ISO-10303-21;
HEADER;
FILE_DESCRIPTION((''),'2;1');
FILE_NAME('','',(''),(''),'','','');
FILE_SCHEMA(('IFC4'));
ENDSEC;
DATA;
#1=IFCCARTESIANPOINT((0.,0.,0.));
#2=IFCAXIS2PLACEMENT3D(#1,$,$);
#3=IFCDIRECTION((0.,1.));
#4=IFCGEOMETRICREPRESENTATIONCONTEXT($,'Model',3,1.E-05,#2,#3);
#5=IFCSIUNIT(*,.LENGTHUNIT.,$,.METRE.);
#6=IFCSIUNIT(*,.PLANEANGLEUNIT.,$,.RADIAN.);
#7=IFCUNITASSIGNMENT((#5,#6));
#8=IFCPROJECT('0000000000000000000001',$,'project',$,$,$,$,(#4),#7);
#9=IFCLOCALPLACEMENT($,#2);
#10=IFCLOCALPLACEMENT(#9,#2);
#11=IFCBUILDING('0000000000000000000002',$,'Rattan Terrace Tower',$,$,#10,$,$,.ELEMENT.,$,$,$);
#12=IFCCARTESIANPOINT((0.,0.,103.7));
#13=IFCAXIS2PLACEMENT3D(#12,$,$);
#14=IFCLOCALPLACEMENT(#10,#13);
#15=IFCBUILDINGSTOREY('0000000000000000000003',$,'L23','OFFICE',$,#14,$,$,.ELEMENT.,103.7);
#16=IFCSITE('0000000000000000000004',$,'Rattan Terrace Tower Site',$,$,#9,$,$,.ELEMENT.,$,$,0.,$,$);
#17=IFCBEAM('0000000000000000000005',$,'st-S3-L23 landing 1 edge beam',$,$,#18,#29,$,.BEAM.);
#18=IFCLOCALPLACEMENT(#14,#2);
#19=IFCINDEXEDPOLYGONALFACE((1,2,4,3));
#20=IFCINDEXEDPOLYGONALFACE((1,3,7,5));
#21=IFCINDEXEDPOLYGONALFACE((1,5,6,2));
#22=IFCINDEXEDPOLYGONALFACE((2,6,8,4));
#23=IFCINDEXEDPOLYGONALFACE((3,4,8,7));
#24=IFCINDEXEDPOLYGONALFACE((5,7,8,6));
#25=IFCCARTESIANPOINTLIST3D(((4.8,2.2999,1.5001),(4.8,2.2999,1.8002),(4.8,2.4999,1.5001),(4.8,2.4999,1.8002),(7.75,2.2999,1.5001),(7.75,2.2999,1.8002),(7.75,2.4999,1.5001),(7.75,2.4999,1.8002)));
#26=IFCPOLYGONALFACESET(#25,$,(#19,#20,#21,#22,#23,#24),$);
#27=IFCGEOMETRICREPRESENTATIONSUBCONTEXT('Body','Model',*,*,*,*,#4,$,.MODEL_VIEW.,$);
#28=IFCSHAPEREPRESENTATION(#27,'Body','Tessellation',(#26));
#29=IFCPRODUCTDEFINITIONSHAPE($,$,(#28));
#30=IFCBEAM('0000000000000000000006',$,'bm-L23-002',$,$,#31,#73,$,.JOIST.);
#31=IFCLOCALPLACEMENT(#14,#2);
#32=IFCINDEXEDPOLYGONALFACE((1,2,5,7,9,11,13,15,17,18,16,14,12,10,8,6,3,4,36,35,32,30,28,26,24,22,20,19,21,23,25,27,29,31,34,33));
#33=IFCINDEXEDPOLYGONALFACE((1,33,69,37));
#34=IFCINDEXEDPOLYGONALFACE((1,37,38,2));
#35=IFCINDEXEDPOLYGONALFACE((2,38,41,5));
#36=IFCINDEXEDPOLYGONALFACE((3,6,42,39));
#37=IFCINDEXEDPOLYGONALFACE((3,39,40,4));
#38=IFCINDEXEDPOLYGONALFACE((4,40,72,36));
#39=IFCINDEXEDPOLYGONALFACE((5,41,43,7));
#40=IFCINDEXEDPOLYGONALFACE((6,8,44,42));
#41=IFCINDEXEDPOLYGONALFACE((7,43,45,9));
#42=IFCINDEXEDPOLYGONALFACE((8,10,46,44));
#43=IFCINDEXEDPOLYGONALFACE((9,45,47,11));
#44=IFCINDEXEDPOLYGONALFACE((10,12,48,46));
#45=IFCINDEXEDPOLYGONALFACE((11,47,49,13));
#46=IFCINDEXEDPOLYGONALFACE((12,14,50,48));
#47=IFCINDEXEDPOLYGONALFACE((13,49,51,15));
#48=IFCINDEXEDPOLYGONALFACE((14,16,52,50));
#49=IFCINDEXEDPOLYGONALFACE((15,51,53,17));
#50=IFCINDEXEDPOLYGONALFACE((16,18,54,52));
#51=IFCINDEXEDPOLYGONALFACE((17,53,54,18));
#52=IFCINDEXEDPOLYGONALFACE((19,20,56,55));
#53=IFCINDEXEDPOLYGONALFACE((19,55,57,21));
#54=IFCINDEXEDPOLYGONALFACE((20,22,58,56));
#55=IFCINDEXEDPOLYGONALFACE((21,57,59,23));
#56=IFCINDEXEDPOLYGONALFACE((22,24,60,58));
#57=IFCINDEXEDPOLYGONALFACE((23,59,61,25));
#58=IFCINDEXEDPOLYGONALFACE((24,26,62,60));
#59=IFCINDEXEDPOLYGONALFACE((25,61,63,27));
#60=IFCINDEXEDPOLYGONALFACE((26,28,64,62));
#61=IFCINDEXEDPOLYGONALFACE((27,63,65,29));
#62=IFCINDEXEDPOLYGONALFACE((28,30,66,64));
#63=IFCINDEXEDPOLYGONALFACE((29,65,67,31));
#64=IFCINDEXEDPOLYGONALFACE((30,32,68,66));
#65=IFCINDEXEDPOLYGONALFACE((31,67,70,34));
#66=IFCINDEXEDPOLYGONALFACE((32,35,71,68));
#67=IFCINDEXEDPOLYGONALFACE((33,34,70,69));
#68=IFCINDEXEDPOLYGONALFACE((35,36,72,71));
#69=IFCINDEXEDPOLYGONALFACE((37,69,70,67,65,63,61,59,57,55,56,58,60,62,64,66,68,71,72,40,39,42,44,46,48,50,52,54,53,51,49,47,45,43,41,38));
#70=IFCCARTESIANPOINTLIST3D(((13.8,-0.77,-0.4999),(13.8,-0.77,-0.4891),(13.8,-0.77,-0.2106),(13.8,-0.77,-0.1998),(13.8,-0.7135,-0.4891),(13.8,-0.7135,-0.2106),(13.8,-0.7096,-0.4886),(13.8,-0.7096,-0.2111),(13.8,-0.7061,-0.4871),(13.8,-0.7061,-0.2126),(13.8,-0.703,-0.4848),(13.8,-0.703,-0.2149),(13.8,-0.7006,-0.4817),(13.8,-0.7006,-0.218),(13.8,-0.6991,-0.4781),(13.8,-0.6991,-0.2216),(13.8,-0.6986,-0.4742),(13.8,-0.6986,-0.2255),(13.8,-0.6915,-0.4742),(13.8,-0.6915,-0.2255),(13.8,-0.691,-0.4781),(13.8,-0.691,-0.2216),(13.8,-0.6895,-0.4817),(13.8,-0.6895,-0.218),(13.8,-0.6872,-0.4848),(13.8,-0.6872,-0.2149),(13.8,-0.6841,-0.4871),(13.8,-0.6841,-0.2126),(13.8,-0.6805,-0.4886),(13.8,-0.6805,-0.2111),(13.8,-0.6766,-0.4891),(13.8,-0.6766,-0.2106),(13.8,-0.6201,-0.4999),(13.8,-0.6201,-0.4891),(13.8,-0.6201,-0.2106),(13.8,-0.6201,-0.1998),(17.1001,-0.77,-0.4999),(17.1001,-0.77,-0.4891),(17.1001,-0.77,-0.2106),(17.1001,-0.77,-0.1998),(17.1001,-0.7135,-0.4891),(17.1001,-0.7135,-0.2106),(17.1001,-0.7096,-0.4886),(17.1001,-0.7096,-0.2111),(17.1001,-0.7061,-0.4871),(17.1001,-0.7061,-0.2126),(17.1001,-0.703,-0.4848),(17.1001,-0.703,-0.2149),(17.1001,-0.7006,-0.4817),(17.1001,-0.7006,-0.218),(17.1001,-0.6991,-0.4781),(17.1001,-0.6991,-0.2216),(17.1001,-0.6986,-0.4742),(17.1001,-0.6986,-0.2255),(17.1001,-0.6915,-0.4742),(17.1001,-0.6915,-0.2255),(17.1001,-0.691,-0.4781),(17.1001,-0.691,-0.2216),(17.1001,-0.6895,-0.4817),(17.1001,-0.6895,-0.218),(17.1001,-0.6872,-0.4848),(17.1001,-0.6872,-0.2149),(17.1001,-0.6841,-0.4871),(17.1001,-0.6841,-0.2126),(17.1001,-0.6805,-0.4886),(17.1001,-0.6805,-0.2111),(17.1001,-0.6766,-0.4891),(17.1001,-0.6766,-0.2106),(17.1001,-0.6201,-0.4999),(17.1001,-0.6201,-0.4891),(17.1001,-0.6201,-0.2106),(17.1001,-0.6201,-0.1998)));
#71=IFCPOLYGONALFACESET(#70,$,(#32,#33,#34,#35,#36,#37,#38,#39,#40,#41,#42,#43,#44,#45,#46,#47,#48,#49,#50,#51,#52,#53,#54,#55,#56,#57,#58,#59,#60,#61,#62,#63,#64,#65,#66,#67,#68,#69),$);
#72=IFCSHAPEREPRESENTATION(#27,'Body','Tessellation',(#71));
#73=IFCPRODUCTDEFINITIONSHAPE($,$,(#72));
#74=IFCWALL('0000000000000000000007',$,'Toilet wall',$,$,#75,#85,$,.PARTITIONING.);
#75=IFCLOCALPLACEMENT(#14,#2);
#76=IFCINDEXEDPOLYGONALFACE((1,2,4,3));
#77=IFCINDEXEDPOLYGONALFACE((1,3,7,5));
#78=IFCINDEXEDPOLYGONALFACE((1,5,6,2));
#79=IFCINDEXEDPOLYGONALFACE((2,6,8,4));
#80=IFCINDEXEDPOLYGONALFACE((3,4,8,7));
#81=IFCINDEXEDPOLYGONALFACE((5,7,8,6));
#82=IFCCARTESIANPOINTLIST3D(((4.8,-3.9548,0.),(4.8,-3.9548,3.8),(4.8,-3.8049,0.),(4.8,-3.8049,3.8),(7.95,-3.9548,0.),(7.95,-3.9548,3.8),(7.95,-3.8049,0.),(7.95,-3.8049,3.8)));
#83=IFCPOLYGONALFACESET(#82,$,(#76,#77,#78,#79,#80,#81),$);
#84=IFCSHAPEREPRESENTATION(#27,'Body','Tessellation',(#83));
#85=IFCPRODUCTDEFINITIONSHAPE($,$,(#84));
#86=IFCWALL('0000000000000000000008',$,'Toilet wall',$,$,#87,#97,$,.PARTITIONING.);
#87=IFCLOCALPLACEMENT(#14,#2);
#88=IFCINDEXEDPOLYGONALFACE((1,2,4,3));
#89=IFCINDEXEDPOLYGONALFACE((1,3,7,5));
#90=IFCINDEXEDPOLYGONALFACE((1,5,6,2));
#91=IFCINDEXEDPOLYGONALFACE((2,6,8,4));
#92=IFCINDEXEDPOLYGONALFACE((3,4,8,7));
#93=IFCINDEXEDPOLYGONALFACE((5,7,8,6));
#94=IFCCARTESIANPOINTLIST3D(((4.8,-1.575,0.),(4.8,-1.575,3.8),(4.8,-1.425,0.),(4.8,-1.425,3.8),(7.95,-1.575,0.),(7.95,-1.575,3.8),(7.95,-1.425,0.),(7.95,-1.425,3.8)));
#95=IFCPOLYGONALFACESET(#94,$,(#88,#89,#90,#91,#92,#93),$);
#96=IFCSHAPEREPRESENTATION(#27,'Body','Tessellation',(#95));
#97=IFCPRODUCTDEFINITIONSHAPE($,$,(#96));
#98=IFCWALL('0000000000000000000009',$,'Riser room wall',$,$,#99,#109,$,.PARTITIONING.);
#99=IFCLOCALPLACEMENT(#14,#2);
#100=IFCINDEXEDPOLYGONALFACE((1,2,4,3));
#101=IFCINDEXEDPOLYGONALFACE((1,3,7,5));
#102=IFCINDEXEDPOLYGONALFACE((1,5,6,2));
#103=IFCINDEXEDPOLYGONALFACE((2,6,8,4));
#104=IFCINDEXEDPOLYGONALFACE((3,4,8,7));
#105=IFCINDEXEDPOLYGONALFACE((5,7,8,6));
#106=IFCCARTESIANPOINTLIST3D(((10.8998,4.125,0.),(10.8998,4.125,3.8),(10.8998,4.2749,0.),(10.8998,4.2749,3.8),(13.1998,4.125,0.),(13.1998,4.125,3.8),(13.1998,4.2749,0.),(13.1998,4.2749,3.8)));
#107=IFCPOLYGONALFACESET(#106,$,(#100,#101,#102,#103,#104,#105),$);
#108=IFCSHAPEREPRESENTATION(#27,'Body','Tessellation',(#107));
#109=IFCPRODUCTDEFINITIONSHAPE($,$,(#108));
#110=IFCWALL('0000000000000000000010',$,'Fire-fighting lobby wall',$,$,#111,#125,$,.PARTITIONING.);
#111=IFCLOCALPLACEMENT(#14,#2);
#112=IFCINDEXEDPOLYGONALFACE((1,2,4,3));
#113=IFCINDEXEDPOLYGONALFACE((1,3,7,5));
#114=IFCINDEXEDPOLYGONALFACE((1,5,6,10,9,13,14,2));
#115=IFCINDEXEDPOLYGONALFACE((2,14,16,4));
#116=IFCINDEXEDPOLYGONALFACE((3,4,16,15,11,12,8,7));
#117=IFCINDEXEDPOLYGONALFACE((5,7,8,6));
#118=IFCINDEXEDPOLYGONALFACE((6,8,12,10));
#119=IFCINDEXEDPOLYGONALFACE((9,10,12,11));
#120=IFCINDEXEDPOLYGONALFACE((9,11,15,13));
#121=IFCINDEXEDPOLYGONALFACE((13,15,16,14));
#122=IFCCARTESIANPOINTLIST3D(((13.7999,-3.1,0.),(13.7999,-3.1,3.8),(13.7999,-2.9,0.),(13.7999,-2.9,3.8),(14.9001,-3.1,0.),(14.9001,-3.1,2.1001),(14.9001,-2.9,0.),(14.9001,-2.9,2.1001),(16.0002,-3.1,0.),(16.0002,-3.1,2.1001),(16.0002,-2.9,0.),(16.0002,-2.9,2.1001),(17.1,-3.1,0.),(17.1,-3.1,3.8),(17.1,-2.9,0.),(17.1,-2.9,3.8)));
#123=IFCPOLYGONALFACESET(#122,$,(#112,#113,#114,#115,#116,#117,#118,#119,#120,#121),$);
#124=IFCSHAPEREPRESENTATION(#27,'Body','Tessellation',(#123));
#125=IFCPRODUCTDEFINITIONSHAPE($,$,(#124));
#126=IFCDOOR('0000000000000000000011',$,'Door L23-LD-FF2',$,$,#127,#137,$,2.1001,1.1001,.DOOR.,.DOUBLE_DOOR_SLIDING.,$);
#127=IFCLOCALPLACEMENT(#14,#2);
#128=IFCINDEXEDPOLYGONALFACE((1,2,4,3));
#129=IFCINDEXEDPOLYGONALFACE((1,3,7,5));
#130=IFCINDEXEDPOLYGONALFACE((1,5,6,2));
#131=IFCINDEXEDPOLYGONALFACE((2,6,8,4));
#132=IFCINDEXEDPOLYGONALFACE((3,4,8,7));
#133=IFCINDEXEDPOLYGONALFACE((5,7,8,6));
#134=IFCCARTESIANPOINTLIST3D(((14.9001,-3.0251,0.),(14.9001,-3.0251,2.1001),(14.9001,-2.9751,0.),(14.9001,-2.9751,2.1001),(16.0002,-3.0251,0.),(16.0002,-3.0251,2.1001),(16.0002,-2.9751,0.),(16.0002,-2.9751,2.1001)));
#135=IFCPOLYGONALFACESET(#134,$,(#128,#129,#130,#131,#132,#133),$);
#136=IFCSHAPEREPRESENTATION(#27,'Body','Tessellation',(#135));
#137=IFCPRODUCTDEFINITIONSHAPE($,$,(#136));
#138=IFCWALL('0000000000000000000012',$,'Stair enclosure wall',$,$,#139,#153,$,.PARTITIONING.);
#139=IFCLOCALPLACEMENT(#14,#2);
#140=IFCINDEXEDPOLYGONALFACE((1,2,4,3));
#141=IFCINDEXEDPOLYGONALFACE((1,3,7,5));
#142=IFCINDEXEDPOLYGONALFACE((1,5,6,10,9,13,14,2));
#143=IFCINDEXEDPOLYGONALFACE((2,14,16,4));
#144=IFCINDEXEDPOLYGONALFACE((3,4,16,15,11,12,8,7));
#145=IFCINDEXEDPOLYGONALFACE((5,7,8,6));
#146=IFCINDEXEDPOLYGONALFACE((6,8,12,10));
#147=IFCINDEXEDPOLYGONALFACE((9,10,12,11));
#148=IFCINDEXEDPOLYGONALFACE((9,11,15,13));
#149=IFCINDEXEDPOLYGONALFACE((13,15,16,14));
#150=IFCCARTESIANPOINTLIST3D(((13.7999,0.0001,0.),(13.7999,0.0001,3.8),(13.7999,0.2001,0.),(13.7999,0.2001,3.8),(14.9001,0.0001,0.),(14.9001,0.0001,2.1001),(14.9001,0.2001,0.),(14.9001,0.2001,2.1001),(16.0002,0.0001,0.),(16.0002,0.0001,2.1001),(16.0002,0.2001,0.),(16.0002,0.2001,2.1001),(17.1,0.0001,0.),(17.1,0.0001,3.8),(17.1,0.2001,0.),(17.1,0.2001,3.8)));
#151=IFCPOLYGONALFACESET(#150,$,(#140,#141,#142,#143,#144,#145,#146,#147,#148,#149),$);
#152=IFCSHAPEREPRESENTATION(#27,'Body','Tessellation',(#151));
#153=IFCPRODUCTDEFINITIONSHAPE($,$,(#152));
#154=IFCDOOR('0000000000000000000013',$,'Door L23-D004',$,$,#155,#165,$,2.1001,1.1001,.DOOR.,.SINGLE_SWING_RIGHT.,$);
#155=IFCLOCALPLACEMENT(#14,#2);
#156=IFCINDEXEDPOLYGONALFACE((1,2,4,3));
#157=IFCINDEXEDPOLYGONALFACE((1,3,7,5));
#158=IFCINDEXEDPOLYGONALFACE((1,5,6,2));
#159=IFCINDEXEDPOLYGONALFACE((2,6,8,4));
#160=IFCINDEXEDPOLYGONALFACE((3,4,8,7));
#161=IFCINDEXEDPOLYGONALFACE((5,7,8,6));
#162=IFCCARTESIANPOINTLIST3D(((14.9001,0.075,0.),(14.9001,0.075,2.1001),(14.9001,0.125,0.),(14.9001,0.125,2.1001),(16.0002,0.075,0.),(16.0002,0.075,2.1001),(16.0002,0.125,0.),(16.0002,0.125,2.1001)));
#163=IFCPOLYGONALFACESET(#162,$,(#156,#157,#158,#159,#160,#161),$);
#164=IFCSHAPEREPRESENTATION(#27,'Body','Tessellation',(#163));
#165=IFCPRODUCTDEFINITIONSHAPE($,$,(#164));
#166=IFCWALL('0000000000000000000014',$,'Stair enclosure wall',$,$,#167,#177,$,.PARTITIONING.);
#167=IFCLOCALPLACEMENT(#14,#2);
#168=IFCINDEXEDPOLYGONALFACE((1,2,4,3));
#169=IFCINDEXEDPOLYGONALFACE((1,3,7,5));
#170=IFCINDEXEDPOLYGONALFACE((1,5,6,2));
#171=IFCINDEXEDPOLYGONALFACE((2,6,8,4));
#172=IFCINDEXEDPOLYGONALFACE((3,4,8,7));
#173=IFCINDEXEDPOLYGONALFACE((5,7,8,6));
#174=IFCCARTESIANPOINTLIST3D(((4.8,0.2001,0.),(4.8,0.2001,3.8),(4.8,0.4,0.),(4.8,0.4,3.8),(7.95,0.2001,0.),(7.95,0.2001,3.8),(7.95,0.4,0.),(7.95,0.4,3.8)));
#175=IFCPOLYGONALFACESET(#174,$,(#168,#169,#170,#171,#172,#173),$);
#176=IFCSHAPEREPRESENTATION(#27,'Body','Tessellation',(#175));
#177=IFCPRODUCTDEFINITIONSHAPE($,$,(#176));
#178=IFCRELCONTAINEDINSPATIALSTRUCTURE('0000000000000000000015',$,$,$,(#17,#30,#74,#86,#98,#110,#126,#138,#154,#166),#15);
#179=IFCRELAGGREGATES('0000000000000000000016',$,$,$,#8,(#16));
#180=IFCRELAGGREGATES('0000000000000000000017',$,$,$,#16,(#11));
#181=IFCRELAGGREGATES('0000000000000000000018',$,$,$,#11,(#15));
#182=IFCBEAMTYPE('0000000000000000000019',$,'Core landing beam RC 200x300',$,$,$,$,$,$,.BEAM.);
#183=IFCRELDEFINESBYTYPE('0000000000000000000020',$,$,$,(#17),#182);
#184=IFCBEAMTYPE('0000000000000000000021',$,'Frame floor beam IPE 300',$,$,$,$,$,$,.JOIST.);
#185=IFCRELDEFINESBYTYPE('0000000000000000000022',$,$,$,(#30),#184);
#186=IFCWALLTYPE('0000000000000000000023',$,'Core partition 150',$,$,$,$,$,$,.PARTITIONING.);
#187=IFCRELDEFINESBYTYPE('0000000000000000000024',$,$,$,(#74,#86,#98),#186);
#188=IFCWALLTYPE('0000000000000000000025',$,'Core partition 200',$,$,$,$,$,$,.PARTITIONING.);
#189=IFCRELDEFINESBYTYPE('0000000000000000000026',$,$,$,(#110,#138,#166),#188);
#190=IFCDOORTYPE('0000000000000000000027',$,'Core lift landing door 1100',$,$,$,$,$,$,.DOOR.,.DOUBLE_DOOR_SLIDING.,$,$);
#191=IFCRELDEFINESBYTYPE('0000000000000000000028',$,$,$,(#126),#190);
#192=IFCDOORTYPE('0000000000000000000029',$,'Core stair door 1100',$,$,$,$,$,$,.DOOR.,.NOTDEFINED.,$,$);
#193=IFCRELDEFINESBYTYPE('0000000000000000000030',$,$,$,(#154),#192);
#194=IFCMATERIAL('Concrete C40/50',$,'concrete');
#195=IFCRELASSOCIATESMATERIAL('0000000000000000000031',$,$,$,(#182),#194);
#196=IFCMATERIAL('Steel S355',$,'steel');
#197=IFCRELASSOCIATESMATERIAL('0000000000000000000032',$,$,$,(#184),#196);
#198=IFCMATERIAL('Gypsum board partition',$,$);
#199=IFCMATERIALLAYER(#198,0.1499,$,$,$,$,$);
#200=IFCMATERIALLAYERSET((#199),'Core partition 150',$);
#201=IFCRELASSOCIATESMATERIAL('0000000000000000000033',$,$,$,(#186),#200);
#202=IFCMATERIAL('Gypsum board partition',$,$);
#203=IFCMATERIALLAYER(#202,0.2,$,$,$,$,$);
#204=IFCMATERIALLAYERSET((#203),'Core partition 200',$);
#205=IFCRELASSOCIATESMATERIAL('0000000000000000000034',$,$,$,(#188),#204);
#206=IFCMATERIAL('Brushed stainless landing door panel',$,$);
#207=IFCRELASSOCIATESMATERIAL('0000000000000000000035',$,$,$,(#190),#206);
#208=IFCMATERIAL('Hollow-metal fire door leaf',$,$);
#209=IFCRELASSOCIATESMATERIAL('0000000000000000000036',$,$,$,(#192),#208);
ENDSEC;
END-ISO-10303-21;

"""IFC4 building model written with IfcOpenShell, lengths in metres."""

from ifc_helpers import new_model, si_unit, direction, frame, frame_2d, origin, origin_2d, place, context, subcontext, project, spatial, rectangle, i_section, extrude, material, layer, layer_set, material_profile, profile_set, type_object, element, fill, save


model = new_model("IFC4")

# Units and contexts
model_context = context("Model", 3, precision=1e-05, world=origin(), true_north=direction((0.0, 1.0)))
body_context = subcontext(model_context, "Body", "Model", "MODEL_VIEW")
ifc_project = project(units=[si_unit("LENGTHUNIT", "METRE"), si_unit("PLANEANGLEUNIT", "RADIAN")], contexts=[model_context])

# Site, building, storey
site_placement = place(None, origin())
site = spatial("IfcSite", under=ifc_project, at=site_placement, Name="Rattan Terrace Tower Site", CompositionType="ELEMENT", RefElevation=0.0)
building_placement = place(site_placement, origin())
building = spatial("IfcBuilding", under=site, at=building_placement, Name="Rattan Terrace Tower", CompositionType="ELEMENT")
storey_placement = place(building_placement, frame((0.0, 0.0, 103.7)))
storey = spatial("IfcBuildingStorey", under=building, at=storey_placement, Name="L23", Description="OFFICE", CompositionType="ELEMENT", Elevation=103.7)

# Beams
ifc_material_1 = material(Name="Concrete C40/50", Category="concrete")
ifc_material_profile_1 = material_profile(ifc_material_1, rectangle(XDim=0.2, YDim=0.3, at=origin_2d()), Name="RC 200x300")
ifc_profile_set_1 = profile_set([ifc_material_profile_1], Name="Concrete C40/50")
beam_type_1 = type_object("IfcBeamType", Name="Core landing beam RC 200x300", PredefinedType="BEAM", material=ifc_profile_set_1)
beam_1_placement = place(storey_placement, frame((4.8, 2.3999, 1.6501), z_axis=(1.0, 0.0, 0.0), x_axis=(0.0, 1.0, 0.0)))
element("IfcBeam", 1, at=beam_1_placement, inside=storey, type_object=beam_type_1, Name="st-S3-L23 landing 1 edge beam", PredefinedType="BEAM", context=body_context, shape_type="SweptSolid", body=[
    extrude(rectangle(XDim=0.2, YDim=0.3, at=origin_2d()), origin(), (0.0, 0.0, 1.0), 2.95),
])
ifc_material_2 = material(Name="Steel S355", Category="steel")
ifc_material_profile_2 = material_profile(ifc_material_2, i_section(OverallWidth=0.1499, OverallDepth=0.3, WebThickness=0.0071, FlangeThickness=0.0107, FilletRadius=0.0149, at=origin_2d()), Name="IPE 300")
ifc_profile_set_2 = profile_set([ifc_material_profile_2], Name="Steel S355")
beam_type_2 = type_object("IfcBeamType", Name="Frame floor beam IPE 300", PredefinedType="JOIST", material=ifc_profile_set_2)
beam_2_placement = place(storey_placement, frame((13.8, -0.6951, -0.3499), z_axis=(1.0, 0.0, 0.0), x_axis=(0.0, 1.0, 0.0)))
element("IfcBeam", 2, at=beam_2_placement, inside=storey, type_object=beam_type_2, Name="bm-L23-002", PredefinedType="JOIST", context=body_context, shape_type="SweptSolid", body=[
    extrude(i_section(OverallWidth=0.1499, OverallDepth=0.3, WebThickness=0.0071, FlangeThickness=0.0107, FilletRadius=0.0149, at=origin_2d()), origin(), (0.0, 0.0, 1.0), 3.3),
])

# Walls
ifc_material_3 = material(Name="Gypsum board partition")
ifc_layer_1 = layer(ifc_material_3, 0.1499)
ifc_layer_set_1 = layer_set([ifc_layer_1], Name="Core partition 150")
wall_type_1 = type_object("IfcWallType", Name="Core partition 150", PredefinedType="PARTITIONING", material=ifc_layer_set_1)
for number, where, z_axis, x_axis, name in (
    (3, (4.8, -3.8799, 0.0), (0.0, 0.0, 1.0), (1.0, 0.0, 0.0), "Toilet wall"),
    (4, (4.8, -1.5, 0.0), (0.0, 0.0, 1.0), (1.0, 0.0, 0.0), "Toilet wall"),
):
    element("IfcWall", number, at=place(storey_placement, frame(where, z_axis=z_axis, x_axis=x_axis)), inside=storey, type_object=wall_type_1, Name=name, PredefinedType="PARTITIONING", context=body_context, shape_type="SweptSolid", body=[
        extrude(rectangle(XDim=3.1499, YDim=0.1499, at=frame_2d((1.575, 0.0))), origin(), (0.0, 0.0, 1.0), 3.8),
    ])
wall_1_placement = place(storey_placement, frame((10.8999, 4.2, 0.0), z_axis=(0.0, 0.0, 1.0), x_axis=(1.0, 0.0, 0.0)))
element("IfcWall", 5, at=wall_1_placement, inside=storey, type_object=wall_type_1, Name="Riser room wall", PredefinedType="PARTITIONING", context=body_context, shape_type="SweptSolid", body=[
    extrude(rectangle(XDim=2.3, YDim=0.1499, at=frame_2d((1.1499, 0.0))), origin(), (0.0, 0.0, 1.0), 3.8),
])

# Walls, openings, doors
ifc_material_4 = material(Name="Gypsum board partition")
ifc_layer_2 = layer(ifc_material_4, 0.2)
ifc_layer_set_2 = layer_set([ifc_layer_2], Name="Core partition 200")
wall_type_2 = type_object("IfcWallType", Name="Core partition 200", PredefinedType="PARTITIONING", material=ifc_layer_set_2)
wall_2_placement = place(storey_placement, frame((13.8, -3.0, 0.0), z_axis=(0.0, 0.0, 1.0), x_axis=(1.0, 0.0, 0.0)))
wall_2 = element("IfcWall", 6, at=wall_2_placement, inside=storey, type_object=wall_type_2, Name="Fire-fighting lobby wall", PredefinedType="PARTITIONING", context=body_context, shape_type="SweptSolid", body=[
    extrude(rectangle(XDim=3.3, YDim=0.2, at=frame_2d((1.6499, 0.0))), origin(), (0.0, 0.0, 1.0), 3.8),
])
opening_1_placement = place(wall_2_placement, frame((1.1001, 0.0, 0.0)))
opening_1 = element("IfcOpeningElement", 7, at=opening_1_placement, cuts=wall_2, PredefinedType="OPENING", context=body_context, shape_type="SweptSolid", body=[
    extrude(rectangle(XDim=1.1001, YDim=2.1001, at=frame_2d((0.55, 1.05))), frame((0.0, 0.1106, 0.0), z_axis=(0.0, -1.0, 0.0), x_axis=(1.0, 0.0, 0.0)), (0.0, 0.0, 1.0), 0.2209),
])
ifc_material_5 = material(Name="Brushed stainless landing door panel")
door_type_1 = type_object("IfcDoorType", Name="Core lift landing door 1100", OperationType="DOUBLE_DOOR_SLIDING", PredefinedType="DOOR", material=ifc_material_5)
door_1_placement = place(opening_1_placement, origin())
door_1 = element("IfcDoor", 8, at=door_1_placement, inside=storey, type_object=door_type_1, Name="Door L23-LD-FF2", OperationType="DOUBLE_DOOR_SLIDING", OverallHeight=2.1001, OverallWidth=1.1001, PredefinedType="DOOR", context=body_context, shape_type="SweptSolid", body=[
    extrude(rectangle(XDim=1.1001, YDim=2.1001, at=frame_2d((0.55, 1.05))), frame((0.0, 0.0249, 0.0), z_axis=(0.0, -1.0, 0.0), x_axis=(1.0, 0.0, 0.0)), (0.0, 0.0, 1.0), 0.05),
])
fill(opening_1, door_1)
wall_3_placement = place(storey_placement, frame((13.8, 0.1001, 0.0), z_axis=(0.0, 0.0, 1.0), x_axis=(1.0, 0.0, 0.0)))
wall_3 = element("IfcWall", 9, at=wall_3_placement, inside=storey, type_object=wall_type_2, Name="Stair enclosure wall", PredefinedType="PARTITIONING", context=body_context, shape_type="SweptSolid", body=[
    extrude(rectangle(XDim=3.3, YDim=0.2, at=frame_2d((1.6499, 0.0))), origin(), (0.0, 0.0, 1.0), 3.8),
])
opening_2_placement = place(wall_3_placement, frame((1.1001, 0.0, 0.0)))
opening_2 = element("IfcOpeningElement", 10, at=opening_2_placement, cuts=wall_3, PredefinedType="OPENING", context=body_context, shape_type="SweptSolid", body=[
    extrude(rectangle(XDim=1.1001, YDim=2.1001, at=frame_2d((0.55, 1.05))), frame((0.0, 0.1106, 0.0), z_axis=(0.0, -1.0, 0.0), x_axis=(1.0, 0.0, 0.0)), (0.0, 0.0, 1.0), 0.2209),
])
ifc_material_6 = material(Name="Hollow-metal fire door leaf")
door_type_2 = type_object("IfcDoorType", Name="Core stair door 1100", OperationType="NOTDEFINED", PredefinedType="DOOR", material=ifc_material_6)
door_2_placement = place(opening_2_placement, origin())
door_2 = element("IfcDoor", 11, at=door_2_placement, inside=storey, type_object=door_type_2, Name="Door L23-D004", OperationType="SINGLE_SWING_RIGHT", OverallHeight=2.1001, OverallWidth=1.1001, PredefinedType="DOOR", context=body_context, shape_type="SweptSolid", body=[
    extrude(rectangle(XDim=1.1001, YDim=2.1001, at=frame_2d((0.55, 1.05))), frame((0.0, 0.0249, 0.0), z_axis=(0.0, -1.0, 0.0), x_axis=(1.0, 0.0, 0.0)), (0.0, 0.0, 1.0), 0.05),
])
fill(opening_2, door_2)

# Wall
wall_4_placement = place(storey_placement, frame((4.8, 0.3, 0.0), z_axis=(0.0, 0.0, 1.0), x_axis=(1.0, 0.0, 0.0)))
element("IfcWall", 12, at=wall_4_placement, inside=storey, type_object=wall_type_2, Name="Stair enclosure wall", PredefinedType="PARTITIONING", context=body_context, shape_type="SweptSolid", body=[
    extrude(rectangle(XDim=3.1499, YDim=0.2, at=frame_2d((1.575, 0.0))), origin(), (0.0, 0.0, 1.0), 3.8),
])

save(model, "model.ifc")
